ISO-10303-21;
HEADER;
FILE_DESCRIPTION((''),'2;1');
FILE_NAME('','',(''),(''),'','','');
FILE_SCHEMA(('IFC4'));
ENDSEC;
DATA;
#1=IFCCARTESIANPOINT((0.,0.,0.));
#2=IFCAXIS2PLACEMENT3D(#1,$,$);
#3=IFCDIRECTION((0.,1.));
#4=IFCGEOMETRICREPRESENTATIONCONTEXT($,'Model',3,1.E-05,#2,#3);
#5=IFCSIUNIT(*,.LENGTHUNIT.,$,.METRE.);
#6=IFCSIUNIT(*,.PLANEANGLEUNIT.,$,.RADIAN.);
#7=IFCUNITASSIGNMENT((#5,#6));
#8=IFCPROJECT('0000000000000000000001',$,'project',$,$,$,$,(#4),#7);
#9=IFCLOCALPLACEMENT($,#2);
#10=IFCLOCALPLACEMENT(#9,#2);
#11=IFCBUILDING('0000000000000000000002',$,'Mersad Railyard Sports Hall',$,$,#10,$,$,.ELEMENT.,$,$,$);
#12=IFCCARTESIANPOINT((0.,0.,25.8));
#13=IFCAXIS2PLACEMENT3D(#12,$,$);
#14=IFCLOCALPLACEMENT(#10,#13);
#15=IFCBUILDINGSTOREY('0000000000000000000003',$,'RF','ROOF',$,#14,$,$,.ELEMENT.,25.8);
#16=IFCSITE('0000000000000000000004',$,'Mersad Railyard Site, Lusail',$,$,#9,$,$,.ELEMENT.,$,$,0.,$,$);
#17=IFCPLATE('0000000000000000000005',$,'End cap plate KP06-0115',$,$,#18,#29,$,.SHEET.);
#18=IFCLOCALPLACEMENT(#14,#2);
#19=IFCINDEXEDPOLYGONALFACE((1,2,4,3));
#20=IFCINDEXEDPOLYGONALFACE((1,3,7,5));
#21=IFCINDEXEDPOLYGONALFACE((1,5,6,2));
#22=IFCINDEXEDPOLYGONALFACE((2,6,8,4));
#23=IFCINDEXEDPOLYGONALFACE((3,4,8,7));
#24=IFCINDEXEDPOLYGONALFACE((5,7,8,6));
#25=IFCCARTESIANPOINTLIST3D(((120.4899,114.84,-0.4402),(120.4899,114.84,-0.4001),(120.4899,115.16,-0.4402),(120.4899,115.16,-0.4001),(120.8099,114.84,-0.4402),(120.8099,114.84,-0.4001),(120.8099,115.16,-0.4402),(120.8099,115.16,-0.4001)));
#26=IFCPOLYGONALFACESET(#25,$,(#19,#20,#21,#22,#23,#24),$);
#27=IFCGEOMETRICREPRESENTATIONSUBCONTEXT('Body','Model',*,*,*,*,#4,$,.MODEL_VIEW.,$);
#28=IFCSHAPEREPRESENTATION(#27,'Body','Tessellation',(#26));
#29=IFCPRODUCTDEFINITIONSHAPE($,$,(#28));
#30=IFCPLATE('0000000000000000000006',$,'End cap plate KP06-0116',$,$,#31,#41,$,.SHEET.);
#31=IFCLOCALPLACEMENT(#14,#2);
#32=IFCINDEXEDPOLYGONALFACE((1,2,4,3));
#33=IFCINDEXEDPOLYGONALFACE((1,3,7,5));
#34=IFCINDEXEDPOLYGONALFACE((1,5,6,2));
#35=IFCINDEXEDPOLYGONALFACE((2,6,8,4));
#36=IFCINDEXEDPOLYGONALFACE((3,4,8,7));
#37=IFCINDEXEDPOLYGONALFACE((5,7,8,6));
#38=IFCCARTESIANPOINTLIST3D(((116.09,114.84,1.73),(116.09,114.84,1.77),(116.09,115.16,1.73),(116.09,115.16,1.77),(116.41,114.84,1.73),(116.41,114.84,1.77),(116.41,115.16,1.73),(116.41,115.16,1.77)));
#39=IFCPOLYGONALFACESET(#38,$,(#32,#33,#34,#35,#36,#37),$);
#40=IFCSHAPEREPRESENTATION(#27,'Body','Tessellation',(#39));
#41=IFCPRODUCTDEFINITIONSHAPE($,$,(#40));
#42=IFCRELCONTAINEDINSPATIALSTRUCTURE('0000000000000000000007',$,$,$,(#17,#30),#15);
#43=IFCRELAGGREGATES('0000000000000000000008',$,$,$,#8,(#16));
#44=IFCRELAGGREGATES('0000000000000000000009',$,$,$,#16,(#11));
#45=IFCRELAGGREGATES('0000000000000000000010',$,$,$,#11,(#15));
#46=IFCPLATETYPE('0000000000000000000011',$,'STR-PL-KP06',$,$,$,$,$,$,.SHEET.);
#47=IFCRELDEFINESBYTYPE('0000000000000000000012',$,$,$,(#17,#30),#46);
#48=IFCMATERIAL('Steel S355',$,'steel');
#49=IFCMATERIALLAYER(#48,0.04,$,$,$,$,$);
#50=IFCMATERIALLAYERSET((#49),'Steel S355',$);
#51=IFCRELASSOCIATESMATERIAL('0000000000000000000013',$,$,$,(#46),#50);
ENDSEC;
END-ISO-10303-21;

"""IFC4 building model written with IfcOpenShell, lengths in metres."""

from ifc_helpers import new_model, si_unit, direction, frame, origin, origin_2d, place, context, subcontext, project, spatial, rectangle, extrude, material, layer, layer_set, type_object, element, save


model = new_model("IFC4")

# Units and contexts
model_context = context("Model", 3, precision=1e-05, world=origin(), true_north=direction((0.0, 1.0)))
body_context = subcontext(model_context, "Body", "Model", "MODEL_VIEW")
ifc_project = project(units=[si_unit("LENGTHUNIT", "METRE"), si_unit("PLANEANGLEUNIT", "RADIAN")], contexts=[model_context])

# Site, building, storey
site_placement = place(None, origin())
site = spatial("IfcSite", under=ifc_project, at=site_placement, Name="Mersad Railyard Site, Lusail", CompositionType="ELEMENT", RefElevation=0.0)
building_placement = place(site_placement, origin())
building = spatial("IfcBuilding", under=site, at=building_placement, Name="Mersad Railyard Sports Hall", CompositionType="ELEMENT")
storey_placement = place(building_placement, frame((0.0, 0.0, 25.8)))
storey = spatial("IfcBuildingStorey", under=building, at=storey_placement, Name="RF", Description="ROOF", CompositionType="ELEMENT", Elevation=25.8)

# Shared definitions
ifc_material_1 = material(Name="Steel S355", Category="steel")

# Plates
ifc_layer_1 = layer(ifc_material_1, 0.04)
ifc_layer_set_1 = layer_set([ifc_layer_1], Name="Steel S355")
plate_type_1 = type_object("IfcPlateType", Name="STR-PL-KP06", PredefinedType="SHEET", material=ifc_layer_set_1)
for number, where, z_axis, x_axis, name in (
    (1, (120.6499, 115.0, -0.4402), (0.0, 0.0, 1.0), (1.0, 0.0, 0.0), "End cap plate KP06-0115"),
    (2, (116.25, 115.0, 1.73), (0.0, 0.0, 1.0), (1.0, 0.0, 0.0), "End cap plate KP06-0116"),
):
    element("IfcPlate", number, at=place(storey_placement, frame(where, z_axis=z_axis, x_axis=x_axis)), inside=storey, type_object=plate_type_1, Name=name, PredefinedType="SHEET", context=body_context, shape_type="SweptSolid", body=[
        extrude(rectangle(XDim=0.3201, YDim=0.3201, at=origin_2d()), origin(), (0.0, 0.0, 1.0), 0.04),
    ])

save(model, "model.ifc")
